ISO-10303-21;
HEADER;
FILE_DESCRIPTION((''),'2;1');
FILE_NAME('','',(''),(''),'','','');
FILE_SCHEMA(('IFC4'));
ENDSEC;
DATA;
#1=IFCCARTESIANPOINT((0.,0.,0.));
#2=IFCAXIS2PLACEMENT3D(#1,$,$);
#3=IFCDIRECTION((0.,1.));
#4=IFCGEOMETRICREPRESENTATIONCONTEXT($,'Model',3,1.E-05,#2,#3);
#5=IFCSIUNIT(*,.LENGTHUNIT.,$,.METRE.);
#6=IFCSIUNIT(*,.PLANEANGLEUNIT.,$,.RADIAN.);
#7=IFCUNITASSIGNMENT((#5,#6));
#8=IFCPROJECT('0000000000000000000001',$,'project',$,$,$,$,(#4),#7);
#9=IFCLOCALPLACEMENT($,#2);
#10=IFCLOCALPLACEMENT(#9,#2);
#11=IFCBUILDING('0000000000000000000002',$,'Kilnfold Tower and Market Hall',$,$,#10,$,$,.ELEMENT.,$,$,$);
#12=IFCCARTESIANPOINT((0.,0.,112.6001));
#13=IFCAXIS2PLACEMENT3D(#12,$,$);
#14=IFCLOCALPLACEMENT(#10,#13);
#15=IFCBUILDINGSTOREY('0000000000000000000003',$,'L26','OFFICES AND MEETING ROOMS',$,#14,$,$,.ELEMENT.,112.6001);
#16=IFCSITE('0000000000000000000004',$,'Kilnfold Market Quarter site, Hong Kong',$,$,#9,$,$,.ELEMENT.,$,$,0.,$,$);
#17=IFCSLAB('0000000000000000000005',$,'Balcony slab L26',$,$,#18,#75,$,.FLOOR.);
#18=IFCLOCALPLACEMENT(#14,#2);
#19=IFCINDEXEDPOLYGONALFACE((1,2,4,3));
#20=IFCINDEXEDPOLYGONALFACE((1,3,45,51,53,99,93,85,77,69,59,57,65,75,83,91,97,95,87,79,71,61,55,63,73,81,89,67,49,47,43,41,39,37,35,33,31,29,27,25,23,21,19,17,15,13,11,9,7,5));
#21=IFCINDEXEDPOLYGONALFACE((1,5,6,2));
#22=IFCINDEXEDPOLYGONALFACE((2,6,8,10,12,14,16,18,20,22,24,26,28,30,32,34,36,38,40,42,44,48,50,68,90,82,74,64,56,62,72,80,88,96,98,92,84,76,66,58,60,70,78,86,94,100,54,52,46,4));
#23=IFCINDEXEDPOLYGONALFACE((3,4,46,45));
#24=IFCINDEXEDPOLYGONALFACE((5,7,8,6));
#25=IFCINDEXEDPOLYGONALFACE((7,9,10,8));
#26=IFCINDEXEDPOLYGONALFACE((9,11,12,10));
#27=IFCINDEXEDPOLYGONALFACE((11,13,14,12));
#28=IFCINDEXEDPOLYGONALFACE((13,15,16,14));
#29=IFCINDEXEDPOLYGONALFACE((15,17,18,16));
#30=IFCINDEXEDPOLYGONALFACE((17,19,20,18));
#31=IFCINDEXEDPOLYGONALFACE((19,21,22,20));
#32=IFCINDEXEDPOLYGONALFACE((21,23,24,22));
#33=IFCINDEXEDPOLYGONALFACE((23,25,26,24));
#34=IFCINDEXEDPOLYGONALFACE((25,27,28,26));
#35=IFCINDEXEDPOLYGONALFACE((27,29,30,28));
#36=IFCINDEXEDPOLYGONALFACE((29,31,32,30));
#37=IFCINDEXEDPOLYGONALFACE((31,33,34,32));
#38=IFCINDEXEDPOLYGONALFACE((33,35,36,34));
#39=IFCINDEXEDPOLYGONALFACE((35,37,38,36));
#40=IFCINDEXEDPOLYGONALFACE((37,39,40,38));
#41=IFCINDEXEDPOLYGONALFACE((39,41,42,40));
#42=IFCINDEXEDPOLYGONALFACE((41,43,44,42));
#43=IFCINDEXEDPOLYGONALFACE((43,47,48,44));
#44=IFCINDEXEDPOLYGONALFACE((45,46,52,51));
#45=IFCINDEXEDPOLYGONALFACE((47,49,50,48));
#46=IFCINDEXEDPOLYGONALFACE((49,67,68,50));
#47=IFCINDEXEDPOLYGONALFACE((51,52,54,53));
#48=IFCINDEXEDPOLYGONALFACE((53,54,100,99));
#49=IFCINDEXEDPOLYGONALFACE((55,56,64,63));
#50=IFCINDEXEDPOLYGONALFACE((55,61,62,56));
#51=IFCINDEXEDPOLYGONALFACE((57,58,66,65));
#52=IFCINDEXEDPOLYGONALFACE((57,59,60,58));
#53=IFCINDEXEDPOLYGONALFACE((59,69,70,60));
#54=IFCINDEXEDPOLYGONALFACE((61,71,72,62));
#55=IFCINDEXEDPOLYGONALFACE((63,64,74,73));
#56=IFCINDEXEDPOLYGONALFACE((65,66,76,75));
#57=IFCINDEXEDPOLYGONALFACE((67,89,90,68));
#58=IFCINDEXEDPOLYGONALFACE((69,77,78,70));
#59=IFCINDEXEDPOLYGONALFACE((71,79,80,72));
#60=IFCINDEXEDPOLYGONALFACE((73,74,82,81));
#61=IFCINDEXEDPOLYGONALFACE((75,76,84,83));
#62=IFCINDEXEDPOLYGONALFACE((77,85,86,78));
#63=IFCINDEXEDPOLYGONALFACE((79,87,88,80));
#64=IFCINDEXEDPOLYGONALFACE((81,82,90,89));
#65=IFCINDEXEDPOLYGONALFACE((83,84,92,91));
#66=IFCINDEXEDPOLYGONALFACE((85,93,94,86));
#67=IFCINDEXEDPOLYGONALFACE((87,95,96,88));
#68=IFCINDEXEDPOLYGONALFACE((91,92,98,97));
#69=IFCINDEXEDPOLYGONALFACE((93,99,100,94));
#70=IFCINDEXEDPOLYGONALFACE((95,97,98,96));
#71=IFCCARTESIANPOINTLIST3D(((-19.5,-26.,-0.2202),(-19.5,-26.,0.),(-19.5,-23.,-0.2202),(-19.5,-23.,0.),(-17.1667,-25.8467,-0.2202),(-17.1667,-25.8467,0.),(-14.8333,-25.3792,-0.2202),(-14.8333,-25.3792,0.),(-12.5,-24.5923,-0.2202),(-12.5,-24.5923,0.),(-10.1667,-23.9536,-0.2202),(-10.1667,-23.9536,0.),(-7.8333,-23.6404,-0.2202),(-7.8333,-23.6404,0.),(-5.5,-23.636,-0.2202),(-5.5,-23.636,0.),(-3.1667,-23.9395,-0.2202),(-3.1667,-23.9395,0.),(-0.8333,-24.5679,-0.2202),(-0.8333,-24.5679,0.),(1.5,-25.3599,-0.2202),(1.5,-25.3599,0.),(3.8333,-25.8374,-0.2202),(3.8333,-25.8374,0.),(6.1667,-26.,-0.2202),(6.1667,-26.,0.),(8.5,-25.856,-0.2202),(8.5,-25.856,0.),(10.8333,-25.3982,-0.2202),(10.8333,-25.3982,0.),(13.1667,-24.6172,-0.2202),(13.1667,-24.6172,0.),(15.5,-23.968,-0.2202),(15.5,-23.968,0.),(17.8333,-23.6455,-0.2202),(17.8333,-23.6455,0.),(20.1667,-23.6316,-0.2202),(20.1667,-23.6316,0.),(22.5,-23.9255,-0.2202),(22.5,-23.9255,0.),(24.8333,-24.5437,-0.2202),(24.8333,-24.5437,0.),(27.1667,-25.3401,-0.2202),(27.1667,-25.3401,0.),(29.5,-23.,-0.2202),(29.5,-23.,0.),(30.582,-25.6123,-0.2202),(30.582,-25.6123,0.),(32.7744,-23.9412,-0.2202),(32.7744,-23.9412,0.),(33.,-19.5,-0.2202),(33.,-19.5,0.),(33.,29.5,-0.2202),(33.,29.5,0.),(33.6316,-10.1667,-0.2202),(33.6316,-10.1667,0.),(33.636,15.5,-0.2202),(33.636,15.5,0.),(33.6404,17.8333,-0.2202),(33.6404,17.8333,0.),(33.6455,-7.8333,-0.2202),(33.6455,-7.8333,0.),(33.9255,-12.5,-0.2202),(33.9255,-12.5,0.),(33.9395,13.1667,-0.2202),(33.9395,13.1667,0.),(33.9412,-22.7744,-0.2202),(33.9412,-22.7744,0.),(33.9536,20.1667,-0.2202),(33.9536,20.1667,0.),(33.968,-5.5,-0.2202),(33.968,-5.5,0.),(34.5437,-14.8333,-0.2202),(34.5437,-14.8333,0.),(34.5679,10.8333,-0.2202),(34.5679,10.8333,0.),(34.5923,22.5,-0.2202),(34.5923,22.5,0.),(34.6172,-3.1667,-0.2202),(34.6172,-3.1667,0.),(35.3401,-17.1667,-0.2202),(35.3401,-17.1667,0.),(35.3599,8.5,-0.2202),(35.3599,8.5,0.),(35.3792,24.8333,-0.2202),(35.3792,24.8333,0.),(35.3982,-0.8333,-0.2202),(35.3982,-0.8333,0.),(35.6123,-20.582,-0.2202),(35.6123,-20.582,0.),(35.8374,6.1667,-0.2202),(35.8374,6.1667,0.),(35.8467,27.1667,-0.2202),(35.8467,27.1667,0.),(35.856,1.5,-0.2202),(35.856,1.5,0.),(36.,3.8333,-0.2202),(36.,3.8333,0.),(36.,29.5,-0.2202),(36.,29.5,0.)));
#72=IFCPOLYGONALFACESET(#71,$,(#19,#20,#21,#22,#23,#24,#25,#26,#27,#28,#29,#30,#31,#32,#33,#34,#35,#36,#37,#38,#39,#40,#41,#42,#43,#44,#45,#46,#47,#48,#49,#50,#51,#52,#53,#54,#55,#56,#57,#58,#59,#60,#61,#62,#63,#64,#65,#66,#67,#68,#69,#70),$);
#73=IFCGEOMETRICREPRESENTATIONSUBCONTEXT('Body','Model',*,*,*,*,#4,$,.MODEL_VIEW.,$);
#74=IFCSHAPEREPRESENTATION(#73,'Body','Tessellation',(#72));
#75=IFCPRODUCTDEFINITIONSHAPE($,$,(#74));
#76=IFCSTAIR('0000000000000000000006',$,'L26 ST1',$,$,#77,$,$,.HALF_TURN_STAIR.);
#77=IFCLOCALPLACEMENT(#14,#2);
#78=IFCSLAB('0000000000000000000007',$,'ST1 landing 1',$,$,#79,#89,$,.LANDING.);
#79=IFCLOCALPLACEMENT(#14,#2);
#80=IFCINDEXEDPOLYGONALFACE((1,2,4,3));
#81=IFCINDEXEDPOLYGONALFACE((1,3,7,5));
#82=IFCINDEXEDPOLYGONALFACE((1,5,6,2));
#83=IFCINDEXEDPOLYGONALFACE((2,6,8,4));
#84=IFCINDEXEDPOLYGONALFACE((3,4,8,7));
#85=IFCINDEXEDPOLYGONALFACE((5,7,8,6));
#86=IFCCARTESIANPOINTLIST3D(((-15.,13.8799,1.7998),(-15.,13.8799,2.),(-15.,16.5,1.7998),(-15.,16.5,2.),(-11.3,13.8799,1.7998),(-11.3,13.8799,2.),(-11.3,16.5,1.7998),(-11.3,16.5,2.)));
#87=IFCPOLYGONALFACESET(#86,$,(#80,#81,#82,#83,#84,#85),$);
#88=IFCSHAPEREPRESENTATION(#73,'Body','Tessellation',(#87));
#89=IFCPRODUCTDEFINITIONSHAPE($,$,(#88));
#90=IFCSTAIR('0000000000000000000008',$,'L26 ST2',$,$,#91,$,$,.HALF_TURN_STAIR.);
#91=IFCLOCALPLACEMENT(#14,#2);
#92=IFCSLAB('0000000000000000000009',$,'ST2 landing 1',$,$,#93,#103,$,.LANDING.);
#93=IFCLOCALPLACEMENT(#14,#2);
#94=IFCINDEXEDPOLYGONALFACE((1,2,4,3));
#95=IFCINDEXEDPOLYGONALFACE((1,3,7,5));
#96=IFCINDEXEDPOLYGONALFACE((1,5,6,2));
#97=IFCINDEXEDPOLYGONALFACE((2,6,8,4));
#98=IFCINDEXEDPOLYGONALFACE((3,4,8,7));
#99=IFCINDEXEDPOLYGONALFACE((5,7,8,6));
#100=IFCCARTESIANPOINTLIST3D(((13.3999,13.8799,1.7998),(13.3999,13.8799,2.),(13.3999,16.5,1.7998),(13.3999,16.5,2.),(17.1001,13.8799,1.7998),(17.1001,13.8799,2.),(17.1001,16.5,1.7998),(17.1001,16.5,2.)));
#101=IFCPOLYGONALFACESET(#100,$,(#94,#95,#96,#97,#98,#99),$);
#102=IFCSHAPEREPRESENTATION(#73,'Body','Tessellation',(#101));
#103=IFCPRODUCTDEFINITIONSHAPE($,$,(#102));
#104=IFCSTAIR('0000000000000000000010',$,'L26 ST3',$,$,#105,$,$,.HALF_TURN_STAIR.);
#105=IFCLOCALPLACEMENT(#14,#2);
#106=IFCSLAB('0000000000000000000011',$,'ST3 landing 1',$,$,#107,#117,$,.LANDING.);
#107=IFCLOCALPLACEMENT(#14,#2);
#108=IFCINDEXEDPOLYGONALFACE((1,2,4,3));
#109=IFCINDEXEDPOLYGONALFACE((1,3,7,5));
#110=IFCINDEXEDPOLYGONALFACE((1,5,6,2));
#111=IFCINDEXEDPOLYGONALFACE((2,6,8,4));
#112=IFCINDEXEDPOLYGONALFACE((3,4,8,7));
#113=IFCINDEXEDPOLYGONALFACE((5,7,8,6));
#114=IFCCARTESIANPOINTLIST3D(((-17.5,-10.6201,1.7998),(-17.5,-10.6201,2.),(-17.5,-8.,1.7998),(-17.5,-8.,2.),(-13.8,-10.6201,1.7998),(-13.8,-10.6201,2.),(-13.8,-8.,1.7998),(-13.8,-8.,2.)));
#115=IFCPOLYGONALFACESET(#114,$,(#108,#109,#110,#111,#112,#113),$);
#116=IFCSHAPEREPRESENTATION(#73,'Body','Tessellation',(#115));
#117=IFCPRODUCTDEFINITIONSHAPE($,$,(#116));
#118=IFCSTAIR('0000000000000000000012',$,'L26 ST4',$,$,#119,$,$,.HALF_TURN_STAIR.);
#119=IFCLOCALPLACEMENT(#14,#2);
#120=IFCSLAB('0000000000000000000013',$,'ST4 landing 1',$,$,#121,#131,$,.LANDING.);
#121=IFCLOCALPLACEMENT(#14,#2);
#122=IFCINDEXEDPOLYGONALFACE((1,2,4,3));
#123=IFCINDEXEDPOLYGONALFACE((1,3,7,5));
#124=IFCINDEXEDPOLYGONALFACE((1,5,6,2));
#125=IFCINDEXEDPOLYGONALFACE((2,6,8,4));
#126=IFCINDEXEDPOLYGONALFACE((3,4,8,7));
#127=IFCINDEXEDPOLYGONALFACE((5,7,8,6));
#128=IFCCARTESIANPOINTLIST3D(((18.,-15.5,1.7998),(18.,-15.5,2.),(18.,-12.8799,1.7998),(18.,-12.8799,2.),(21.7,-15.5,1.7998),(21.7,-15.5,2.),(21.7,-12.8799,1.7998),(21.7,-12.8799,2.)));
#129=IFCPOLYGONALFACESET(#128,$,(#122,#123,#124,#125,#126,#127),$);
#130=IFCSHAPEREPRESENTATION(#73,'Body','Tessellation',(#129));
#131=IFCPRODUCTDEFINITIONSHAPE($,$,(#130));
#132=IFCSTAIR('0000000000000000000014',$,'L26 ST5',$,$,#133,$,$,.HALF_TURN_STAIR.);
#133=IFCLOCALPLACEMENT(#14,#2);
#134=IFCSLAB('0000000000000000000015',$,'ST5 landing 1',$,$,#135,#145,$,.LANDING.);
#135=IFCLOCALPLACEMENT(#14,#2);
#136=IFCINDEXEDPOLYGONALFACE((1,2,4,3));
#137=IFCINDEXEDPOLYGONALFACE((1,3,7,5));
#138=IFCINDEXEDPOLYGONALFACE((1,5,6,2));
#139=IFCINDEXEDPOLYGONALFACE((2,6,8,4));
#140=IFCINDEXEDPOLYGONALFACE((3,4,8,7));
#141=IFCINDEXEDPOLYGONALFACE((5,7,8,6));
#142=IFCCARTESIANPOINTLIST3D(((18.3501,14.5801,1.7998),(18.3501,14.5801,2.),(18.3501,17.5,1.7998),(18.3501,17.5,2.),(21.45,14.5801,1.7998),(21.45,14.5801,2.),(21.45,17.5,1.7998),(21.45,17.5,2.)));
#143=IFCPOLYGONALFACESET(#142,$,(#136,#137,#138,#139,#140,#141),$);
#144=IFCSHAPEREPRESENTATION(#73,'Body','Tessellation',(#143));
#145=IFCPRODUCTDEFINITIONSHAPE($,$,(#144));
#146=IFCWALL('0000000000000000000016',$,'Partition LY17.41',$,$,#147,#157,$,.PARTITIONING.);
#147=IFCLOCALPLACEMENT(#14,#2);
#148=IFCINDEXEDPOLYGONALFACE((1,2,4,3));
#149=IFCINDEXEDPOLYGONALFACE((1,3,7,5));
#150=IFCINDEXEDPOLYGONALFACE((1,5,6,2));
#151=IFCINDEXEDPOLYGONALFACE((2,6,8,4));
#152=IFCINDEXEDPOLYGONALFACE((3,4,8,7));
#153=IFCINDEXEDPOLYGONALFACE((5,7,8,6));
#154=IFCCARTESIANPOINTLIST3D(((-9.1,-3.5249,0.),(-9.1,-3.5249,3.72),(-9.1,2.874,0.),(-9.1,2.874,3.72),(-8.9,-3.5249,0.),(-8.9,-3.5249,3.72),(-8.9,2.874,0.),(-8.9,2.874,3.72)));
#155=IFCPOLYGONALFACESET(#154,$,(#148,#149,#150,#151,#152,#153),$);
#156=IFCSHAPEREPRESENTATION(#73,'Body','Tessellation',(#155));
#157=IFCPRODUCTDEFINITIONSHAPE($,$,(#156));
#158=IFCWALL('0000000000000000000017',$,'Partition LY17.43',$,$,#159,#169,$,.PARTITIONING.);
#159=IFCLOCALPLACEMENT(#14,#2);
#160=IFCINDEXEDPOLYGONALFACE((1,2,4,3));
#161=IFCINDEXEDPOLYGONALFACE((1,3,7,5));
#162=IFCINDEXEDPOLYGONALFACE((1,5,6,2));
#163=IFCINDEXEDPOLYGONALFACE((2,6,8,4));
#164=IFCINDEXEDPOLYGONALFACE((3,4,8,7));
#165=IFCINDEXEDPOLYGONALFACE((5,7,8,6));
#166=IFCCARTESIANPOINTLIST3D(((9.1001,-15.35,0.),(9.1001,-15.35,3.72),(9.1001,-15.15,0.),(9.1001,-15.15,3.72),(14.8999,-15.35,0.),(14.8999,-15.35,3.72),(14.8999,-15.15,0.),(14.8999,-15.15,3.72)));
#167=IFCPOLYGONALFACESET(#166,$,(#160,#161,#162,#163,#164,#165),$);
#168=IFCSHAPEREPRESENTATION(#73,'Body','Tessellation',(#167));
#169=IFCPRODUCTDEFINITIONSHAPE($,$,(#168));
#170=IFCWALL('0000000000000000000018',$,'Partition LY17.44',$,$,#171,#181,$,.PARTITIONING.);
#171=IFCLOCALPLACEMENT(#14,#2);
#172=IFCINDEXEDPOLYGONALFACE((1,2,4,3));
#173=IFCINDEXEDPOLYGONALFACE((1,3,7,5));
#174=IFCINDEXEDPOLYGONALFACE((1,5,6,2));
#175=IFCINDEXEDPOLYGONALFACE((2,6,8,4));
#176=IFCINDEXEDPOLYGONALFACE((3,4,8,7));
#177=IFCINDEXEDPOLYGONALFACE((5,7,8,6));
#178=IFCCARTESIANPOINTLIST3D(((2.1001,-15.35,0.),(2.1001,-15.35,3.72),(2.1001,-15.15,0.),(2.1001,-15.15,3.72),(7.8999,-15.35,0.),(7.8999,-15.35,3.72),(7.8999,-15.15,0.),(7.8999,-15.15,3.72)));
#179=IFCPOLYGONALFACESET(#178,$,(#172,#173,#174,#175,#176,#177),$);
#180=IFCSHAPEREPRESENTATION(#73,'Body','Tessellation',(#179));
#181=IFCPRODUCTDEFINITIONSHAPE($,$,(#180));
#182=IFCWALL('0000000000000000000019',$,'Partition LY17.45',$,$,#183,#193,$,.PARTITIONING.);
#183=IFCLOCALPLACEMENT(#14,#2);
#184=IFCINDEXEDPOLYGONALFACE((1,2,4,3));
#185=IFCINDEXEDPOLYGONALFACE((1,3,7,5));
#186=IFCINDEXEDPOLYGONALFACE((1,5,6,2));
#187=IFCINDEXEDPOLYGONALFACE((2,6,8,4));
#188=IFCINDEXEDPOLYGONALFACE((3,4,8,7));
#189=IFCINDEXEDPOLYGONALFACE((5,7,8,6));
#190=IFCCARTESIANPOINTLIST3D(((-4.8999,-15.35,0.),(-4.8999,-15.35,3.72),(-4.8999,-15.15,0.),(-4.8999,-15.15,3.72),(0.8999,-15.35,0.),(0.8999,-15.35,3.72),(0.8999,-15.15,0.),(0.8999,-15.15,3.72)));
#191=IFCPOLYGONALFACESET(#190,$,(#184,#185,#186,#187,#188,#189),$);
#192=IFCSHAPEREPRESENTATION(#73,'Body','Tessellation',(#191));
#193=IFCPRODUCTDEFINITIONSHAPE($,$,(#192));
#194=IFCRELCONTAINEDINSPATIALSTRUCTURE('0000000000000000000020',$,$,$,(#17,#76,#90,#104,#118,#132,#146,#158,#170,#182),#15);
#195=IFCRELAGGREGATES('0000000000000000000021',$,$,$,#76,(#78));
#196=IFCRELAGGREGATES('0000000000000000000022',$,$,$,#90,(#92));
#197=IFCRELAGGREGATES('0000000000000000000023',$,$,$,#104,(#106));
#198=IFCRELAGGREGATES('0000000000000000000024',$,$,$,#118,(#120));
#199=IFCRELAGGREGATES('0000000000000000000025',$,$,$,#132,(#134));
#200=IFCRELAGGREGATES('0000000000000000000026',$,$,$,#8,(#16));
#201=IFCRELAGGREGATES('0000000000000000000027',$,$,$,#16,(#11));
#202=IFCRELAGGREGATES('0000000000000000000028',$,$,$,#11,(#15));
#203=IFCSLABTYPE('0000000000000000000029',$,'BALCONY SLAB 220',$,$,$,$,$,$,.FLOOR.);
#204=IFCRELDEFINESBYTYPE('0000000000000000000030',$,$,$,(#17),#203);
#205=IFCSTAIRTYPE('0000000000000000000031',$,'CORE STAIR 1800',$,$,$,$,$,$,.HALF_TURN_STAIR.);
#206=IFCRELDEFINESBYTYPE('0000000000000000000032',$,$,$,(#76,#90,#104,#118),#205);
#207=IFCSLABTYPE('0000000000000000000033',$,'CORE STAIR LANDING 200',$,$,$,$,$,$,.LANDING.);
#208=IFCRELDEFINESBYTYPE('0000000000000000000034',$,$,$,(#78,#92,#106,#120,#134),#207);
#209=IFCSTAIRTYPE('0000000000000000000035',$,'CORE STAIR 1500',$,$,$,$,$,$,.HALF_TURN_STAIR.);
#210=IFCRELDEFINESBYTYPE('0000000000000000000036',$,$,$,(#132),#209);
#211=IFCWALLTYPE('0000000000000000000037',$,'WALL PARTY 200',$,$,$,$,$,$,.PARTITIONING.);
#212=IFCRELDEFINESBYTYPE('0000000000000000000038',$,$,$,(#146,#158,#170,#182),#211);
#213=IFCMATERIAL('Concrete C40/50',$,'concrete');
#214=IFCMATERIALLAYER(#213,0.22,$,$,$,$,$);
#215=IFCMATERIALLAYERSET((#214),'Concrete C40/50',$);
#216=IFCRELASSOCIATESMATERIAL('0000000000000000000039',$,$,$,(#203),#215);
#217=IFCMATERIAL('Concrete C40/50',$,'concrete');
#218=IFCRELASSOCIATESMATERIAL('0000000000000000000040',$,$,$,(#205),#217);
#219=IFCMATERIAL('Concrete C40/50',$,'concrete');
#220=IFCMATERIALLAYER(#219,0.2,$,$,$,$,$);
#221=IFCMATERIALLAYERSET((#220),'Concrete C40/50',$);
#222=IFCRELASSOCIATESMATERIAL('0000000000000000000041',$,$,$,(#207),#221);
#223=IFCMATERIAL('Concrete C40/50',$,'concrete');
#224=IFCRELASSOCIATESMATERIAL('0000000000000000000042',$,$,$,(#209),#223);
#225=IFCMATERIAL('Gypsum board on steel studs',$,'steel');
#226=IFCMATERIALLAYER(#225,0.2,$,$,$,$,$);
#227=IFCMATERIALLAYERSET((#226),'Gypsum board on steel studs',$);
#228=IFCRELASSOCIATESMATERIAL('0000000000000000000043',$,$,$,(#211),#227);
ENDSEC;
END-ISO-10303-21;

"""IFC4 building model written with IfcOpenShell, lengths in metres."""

from ifc_helpers import new_model, si_unit, direction, frame, frame_2d, origin, place, context, subcontext, project, spatial, polyline, rectangle, outline, extrude, source, transform, mapped, material, layer, layer_set, type_object, element, aggregate, save


model = new_model("IFC4")

# Units and contexts
model_context = context("Model", 3, precision=1e-05, world=origin(), true_north=direction((0.0, 1.0)))
body_context = subcontext(model_context, "Body", "Model", "MODEL_VIEW")
ifc_project = project(units=[si_unit("LENGTHUNIT", "METRE"), si_unit("PLANEANGLEUNIT", "RADIAN")], contexts=[model_context])

# Site, building, storey
site_placement = place(None, origin())
site = spatial("IfcSite", under=ifc_project, at=site_placement, Name="Kilnfold Market Quarter site, Hong Kong", CompositionType="ELEMENT", RefElevation=0.0)
building_placement = place(site_placement, origin())
building = spatial("IfcBuilding", under=site, at=building_placement, Name="Kilnfold Tower and Market Hall", CompositionType="ELEMENT")
storey_placement = place(building_placement, frame((0.0, 0.0, 112.6001)))
storey = spatial("IfcBuildingStorey", under=building, at=storey_placement, Name="L26", Description="OFFICES AND MEETING ROOMS", CompositionType="ELEMENT", Elevation=112.6001)

# Slab
ifc_material_1 = material(Name="Concrete C40/50", Category="concrete")
ifc_layer_1 = layer(ifc_material_1, 0.22)
ifc_layer_set_1 = layer_set([ifc_layer_1], Name="Concrete C40/50")
slab_type_1 = type_object("IfcSlabType", Name="BALCONY SLAB 220", PredefinedType="FLOOR", material=ifc_layer_set_1)
shared_shape_1 = source(origin(), body_context, "Body", "SweptSolid", [
    extrude(outline(polyline([(-19.5, -23.0), (29.5, -23.0), (33.0, -19.5), (33.0, 29.5), (36.0, 29.5), (35.8467, 27.1667), (35.3792, 24.8333), (34.5923, 22.5), (33.9536, 20.1667), (33.6404, 17.8333), (33.636, 15.5), (33.9395, 13.1667), (34.5679, 10.8333), (35.3599, 8.5), (35.8374, 6.1667), (36.0, 3.8333), (35.856, 1.5), (35.3982, -0.8333), (34.6172, -3.1667), (33.968, -5.5), (33.6455, -7.8333), (33.6316, -10.1667), (33.9255, -12.5), (34.5437, -14.8333), (35.3401, -17.1667), (35.6123, -20.582), (33.9412, -22.7744), (32.7744, -23.9412), (30.582, -25.6123), (27.1667, -25.3401), (24.8333, -24.5437), (22.5, -23.9255), (20.1667, -23.6316), (17.8333, -23.6455), (15.5, -23.968), (13.1667, -24.6172), (10.8333, -25.3982), (8.5, -25.856), (6.1667, -26.0), (3.8333, -25.8374), (1.5, -25.3599), (-0.8333, -24.5679), (-3.1667, -23.9395), (-5.5, -23.636), (-7.8333, -23.6404), (-10.1667, -23.9536), (-12.5, -24.5923), (-14.8333, -25.3792), (-17.1667, -25.8467), (-19.5, -26.0), (-19.5, -23.0)])), origin(), (0.0, 0.0, 1.0), 0.2202),
])
slab_1_placement = place(storey_placement, frame((0.0, 0.0, -0.2202)))
element("IfcSlab", 1, at=slab_1_placement, inside=storey, type_object=slab_type_1, Name="Balcony slab L26", PredefinedType="FLOOR", context=body_context, shape_type="MappedRepresentation", body=[
    mapped(shared_shape_1, transform((0.0, 0.0, 0.0))),
])

# Stairs, slabs
ifc_material_2 = material(Name="Concrete C40/50", Category="concrete")
stair_type_1 = type_object("IfcStairType", Name="CORE STAIR 1800", PredefinedType="HALF_TURN_STAIR", material=ifc_material_2)
stair_1_placement = place(storey_placement, origin())
stair_1 = element("IfcStair", 2, at=stair_1_placement, inside=storey, type_object=stair_type_1, Name="L26 ST1", PredefinedType="HALF_TURN_STAIR")
ifc_material_3 = material(Name="Concrete C40/50", Category="concrete")
ifc_layer_2 = layer(ifc_material_3, 0.2)
ifc_layer_set_2 = layer_set([ifc_layer_2], Name="Concrete C40/50")
slab_type_2 = type_object("IfcSlabType", Name="CORE STAIR LANDING 200", PredefinedType="LANDING", material=ifc_layer_set_2)
shared_shape_2 = source(origin(), body_context, "Body", "SweptSolid", [
    extrude(outline(polyline([(-11.3, 13.8799), (-11.3, 16.5), (-15.0, 16.5), (-15.0, 13.8799), (-11.3, 13.8799)])), origin(), (0.0, 0.0, 1.0), 0.2002),
])
slab_2_placement = place(storey_placement, frame((0.0, 0.0, 1.7998)))
slab_2 = element("IfcSlab", 3, at=slab_2_placement, type_object=slab_type_2, Name="ST1 landing 1", PredefinedType="LANDING", context=body_context, shape_type="MappedRepresentation", body=[
    mapped(shared_shape_2, transform((0.0, 0.0, 0.0))),
])
aggregate(stair_1, [slab_2])
stair_2_placement = place(storey_placement, origin())
stair_2 = element("IfcStair", 4, at=stair_2_placement, inside=storey, type_object=stair_type_1, Name="L26 ST2", PredefinedType="HALF_TURN_STAIR")
shared_shape_3 = source(origin(), body_context, "Body", "SweptSolid", [
    extrude(outline(polyline([(17.1001, 13.8799), (17.1001, 16.5), (13.3999, 16.5), (13.3999, 13.8799), (17.1001, 13.8799)])), origin(), (0.0, 0.0, 1.0), 0.2002),
])
slab_3_placement = place(storey_placement, frame((0.0, 0.0, 1.7998)))
slab_3 = element("IfcSlab", 5, at=slab_3_placement, type_object=slab_type_2, Name="ST2 landing 1", PredefinedType="LANDING", context=body_context, shape_type="MappedRepresentation", body=[
    mapped(shared_shape_3, transform((0.0, 0.0, 0.0))),
])
aggregate(stair_2, [slab_3])
stair_3_placement = place(storey_placement, origin())
stair_3 = element("IfcStair", 6, at=stair_3_placement, inside=storey, type_object=stair_type_1, Name="L26 ST3", PredefinedType="HALF_TURN_STAIR")
shared_shape_4 = source(origin(), body_context, "Body", "SweptSolid", [
    extrude(outline(polyline([(-13.8, -10.6201), (-13.8, -8.0), (-17.5, -8.0), (-17.5, -10.6201), (-13.8, -10.6201)])), origin(), (0.0, 0.0, 1.0), 0.2002),
])
slab_4_placement = place(storey_placement, frame((0.0, 0.0, 1.7998)))
slab_4 = element("IfcSlab", 7, at=slab_4_placement, type_object=slab_type_2, Name="ST3 landing 1", PredefinedType="LANDING", context=body_context, shape_type="MappedRepresentation", body=[
    mapped(shared_shape_4, transform((0.0, 0.0, 0.0))),
])
aggregate(stair_3, [slab_4])
stair_4_placement = place(storey_placement, origin())
stair_4 = element("IfcStair", 8, at=stair_4_placement, inside=storey, type_object=stair_type_1, Name="L26 ST4", PredefinedType="HALF_TURN_STAIR")
shared_shape_5 = source(origin(), body_context, "Body", "SweptSolid", [
    extrude(outline(polyline([(18.0, -12.8799), (18.0, -15.5), (21.7, -15.5), (21.7, -12.8799), (18.0, -12.8799)])), origin(), (0.0, 0.0, 1.0), 0.2002),
])
slab_5_placement = place(storey_placement, frame((0.0, 0.0, 1.7998)))
slab_5 = element("IfcSlab", 9, at=slab_5_placement, type_object=slab_type_2, Name="ST4 landing 1", PredefinedType="LANDING", context=body_context, shape_type="MappedRepresentation", body=[
    mapped(shared_shape_5, transform((0.0, 0.0, 0.0))),
])
aggregate(stair_4, [slab_5])
ifc_material_4 = material(Name="Concrete C40/50", Category="concrete")
stair_type_2 = type_object("IfcStairType", Name="CORE STAIR 1500", PredefinedType="HALF_TURN_STAIR", material=ifc_material_4)
stair_5_placement = place(storey_placement, origin())
stair_5 = element("IfcStair", 10, at=stair_5_placement, inside=storey, type_object=stair_type_2, Name="L26 ST5", PredefinedType="HALF_TURN_STAIR")
shared_shape_6 = source(origin(), body_context, "Body", "SweptSolid", [
    extrude(outline(polyline([(21.45, 14.5801), (21.45, 17.5), (18.3501, 17.5), (18.3501, 14.5801), (21.45, 14.5801)])), origin(), (0.0, 0.0, 1.0), 0.2002),
])
slab_6_placement = place(storey_placement, frame((0.0, 0.0, 1.7998)))
slab_6 = element("IfcSlab", 11, at=slab_6_placement, type_object=slab_type_2, Name="ST5 landing 1", PredefinedType="LANDING", context=body_context, shape_type="MappedRepresentation", body=[
    mapped(shared_shape_6, transform((0.0, 0.0, 0.0))),
])
aggregate(stair_5, [slab_6])

# Walls
ifc_material_5 = material(Name="Gypsum board on steel studs", Category="steel")
ifc_layer_3 = layer(ifc_material_5, 0.2)
ifc_layer_set_3 = layer_set([ifc_layer_3], Name="Gypsum board on steel studs")
wall_type_1 = type_object("IfcWallType", Name="WALL PARTY 200", PredefinedType="PARTITIONING", material=ifc_layer_set_3)
wall_1_placement = place(storey_placement, frame((-9.0, -3.5249, 0.0), z_axis=(0.0, 0.0, 1.0), x_axis=(0.0, 1.0, 0.0)))
element("IfcWall", 12, at=wall_1_placement, inside=storey, type_object=wall_type_1, Name="Partition LY17.41", PredefinedType="PARTITIONING", context=body_context, shape_type="SweptSolid", body=[
    extrude(rectangle(XDim=6.3989, YDim=0.2, at=frame_2d((3.1995, 0.0))), origin(), (0.0, 0.0, 1.0), 3.72),
])
for number, where, z_axis, x_axis, name in (
    (13, (9.1001, -15.25, 0.0), (0.0, 0.0, 1.0), (1.0, 0.0, 0.0), "Partition LY17.43"),
    (14, (2.1001, -15.25, 0.0), (0.0, 0.0, 1.0), (1.0, 0.0, 0.0), "Partition LY17.44"),
    (15, (-4.8999, -15.25, 0.0), (0.0, 0.0, 1.0), (1.0, 0.0, 0.0), "Partition LY17.45"),
):
    element("IfcWall", number, at=place(storey_placement, frame(where, z_axis=z_axis, x_axis=x_axis)), inside=storey, type_object=wall_type_1, Name=name, PredefinedType="PARTITIONING", context=body_context, shape_type="SweptSolid", body=[
        extrude(rectangle(XDim=5.7998, YDim=0.2, at=frame_2d((2.8999, 0.0))), origin(), (0.0, 0.0, 1.0), 3.72),
    ])

save(model, "model.ifc")
